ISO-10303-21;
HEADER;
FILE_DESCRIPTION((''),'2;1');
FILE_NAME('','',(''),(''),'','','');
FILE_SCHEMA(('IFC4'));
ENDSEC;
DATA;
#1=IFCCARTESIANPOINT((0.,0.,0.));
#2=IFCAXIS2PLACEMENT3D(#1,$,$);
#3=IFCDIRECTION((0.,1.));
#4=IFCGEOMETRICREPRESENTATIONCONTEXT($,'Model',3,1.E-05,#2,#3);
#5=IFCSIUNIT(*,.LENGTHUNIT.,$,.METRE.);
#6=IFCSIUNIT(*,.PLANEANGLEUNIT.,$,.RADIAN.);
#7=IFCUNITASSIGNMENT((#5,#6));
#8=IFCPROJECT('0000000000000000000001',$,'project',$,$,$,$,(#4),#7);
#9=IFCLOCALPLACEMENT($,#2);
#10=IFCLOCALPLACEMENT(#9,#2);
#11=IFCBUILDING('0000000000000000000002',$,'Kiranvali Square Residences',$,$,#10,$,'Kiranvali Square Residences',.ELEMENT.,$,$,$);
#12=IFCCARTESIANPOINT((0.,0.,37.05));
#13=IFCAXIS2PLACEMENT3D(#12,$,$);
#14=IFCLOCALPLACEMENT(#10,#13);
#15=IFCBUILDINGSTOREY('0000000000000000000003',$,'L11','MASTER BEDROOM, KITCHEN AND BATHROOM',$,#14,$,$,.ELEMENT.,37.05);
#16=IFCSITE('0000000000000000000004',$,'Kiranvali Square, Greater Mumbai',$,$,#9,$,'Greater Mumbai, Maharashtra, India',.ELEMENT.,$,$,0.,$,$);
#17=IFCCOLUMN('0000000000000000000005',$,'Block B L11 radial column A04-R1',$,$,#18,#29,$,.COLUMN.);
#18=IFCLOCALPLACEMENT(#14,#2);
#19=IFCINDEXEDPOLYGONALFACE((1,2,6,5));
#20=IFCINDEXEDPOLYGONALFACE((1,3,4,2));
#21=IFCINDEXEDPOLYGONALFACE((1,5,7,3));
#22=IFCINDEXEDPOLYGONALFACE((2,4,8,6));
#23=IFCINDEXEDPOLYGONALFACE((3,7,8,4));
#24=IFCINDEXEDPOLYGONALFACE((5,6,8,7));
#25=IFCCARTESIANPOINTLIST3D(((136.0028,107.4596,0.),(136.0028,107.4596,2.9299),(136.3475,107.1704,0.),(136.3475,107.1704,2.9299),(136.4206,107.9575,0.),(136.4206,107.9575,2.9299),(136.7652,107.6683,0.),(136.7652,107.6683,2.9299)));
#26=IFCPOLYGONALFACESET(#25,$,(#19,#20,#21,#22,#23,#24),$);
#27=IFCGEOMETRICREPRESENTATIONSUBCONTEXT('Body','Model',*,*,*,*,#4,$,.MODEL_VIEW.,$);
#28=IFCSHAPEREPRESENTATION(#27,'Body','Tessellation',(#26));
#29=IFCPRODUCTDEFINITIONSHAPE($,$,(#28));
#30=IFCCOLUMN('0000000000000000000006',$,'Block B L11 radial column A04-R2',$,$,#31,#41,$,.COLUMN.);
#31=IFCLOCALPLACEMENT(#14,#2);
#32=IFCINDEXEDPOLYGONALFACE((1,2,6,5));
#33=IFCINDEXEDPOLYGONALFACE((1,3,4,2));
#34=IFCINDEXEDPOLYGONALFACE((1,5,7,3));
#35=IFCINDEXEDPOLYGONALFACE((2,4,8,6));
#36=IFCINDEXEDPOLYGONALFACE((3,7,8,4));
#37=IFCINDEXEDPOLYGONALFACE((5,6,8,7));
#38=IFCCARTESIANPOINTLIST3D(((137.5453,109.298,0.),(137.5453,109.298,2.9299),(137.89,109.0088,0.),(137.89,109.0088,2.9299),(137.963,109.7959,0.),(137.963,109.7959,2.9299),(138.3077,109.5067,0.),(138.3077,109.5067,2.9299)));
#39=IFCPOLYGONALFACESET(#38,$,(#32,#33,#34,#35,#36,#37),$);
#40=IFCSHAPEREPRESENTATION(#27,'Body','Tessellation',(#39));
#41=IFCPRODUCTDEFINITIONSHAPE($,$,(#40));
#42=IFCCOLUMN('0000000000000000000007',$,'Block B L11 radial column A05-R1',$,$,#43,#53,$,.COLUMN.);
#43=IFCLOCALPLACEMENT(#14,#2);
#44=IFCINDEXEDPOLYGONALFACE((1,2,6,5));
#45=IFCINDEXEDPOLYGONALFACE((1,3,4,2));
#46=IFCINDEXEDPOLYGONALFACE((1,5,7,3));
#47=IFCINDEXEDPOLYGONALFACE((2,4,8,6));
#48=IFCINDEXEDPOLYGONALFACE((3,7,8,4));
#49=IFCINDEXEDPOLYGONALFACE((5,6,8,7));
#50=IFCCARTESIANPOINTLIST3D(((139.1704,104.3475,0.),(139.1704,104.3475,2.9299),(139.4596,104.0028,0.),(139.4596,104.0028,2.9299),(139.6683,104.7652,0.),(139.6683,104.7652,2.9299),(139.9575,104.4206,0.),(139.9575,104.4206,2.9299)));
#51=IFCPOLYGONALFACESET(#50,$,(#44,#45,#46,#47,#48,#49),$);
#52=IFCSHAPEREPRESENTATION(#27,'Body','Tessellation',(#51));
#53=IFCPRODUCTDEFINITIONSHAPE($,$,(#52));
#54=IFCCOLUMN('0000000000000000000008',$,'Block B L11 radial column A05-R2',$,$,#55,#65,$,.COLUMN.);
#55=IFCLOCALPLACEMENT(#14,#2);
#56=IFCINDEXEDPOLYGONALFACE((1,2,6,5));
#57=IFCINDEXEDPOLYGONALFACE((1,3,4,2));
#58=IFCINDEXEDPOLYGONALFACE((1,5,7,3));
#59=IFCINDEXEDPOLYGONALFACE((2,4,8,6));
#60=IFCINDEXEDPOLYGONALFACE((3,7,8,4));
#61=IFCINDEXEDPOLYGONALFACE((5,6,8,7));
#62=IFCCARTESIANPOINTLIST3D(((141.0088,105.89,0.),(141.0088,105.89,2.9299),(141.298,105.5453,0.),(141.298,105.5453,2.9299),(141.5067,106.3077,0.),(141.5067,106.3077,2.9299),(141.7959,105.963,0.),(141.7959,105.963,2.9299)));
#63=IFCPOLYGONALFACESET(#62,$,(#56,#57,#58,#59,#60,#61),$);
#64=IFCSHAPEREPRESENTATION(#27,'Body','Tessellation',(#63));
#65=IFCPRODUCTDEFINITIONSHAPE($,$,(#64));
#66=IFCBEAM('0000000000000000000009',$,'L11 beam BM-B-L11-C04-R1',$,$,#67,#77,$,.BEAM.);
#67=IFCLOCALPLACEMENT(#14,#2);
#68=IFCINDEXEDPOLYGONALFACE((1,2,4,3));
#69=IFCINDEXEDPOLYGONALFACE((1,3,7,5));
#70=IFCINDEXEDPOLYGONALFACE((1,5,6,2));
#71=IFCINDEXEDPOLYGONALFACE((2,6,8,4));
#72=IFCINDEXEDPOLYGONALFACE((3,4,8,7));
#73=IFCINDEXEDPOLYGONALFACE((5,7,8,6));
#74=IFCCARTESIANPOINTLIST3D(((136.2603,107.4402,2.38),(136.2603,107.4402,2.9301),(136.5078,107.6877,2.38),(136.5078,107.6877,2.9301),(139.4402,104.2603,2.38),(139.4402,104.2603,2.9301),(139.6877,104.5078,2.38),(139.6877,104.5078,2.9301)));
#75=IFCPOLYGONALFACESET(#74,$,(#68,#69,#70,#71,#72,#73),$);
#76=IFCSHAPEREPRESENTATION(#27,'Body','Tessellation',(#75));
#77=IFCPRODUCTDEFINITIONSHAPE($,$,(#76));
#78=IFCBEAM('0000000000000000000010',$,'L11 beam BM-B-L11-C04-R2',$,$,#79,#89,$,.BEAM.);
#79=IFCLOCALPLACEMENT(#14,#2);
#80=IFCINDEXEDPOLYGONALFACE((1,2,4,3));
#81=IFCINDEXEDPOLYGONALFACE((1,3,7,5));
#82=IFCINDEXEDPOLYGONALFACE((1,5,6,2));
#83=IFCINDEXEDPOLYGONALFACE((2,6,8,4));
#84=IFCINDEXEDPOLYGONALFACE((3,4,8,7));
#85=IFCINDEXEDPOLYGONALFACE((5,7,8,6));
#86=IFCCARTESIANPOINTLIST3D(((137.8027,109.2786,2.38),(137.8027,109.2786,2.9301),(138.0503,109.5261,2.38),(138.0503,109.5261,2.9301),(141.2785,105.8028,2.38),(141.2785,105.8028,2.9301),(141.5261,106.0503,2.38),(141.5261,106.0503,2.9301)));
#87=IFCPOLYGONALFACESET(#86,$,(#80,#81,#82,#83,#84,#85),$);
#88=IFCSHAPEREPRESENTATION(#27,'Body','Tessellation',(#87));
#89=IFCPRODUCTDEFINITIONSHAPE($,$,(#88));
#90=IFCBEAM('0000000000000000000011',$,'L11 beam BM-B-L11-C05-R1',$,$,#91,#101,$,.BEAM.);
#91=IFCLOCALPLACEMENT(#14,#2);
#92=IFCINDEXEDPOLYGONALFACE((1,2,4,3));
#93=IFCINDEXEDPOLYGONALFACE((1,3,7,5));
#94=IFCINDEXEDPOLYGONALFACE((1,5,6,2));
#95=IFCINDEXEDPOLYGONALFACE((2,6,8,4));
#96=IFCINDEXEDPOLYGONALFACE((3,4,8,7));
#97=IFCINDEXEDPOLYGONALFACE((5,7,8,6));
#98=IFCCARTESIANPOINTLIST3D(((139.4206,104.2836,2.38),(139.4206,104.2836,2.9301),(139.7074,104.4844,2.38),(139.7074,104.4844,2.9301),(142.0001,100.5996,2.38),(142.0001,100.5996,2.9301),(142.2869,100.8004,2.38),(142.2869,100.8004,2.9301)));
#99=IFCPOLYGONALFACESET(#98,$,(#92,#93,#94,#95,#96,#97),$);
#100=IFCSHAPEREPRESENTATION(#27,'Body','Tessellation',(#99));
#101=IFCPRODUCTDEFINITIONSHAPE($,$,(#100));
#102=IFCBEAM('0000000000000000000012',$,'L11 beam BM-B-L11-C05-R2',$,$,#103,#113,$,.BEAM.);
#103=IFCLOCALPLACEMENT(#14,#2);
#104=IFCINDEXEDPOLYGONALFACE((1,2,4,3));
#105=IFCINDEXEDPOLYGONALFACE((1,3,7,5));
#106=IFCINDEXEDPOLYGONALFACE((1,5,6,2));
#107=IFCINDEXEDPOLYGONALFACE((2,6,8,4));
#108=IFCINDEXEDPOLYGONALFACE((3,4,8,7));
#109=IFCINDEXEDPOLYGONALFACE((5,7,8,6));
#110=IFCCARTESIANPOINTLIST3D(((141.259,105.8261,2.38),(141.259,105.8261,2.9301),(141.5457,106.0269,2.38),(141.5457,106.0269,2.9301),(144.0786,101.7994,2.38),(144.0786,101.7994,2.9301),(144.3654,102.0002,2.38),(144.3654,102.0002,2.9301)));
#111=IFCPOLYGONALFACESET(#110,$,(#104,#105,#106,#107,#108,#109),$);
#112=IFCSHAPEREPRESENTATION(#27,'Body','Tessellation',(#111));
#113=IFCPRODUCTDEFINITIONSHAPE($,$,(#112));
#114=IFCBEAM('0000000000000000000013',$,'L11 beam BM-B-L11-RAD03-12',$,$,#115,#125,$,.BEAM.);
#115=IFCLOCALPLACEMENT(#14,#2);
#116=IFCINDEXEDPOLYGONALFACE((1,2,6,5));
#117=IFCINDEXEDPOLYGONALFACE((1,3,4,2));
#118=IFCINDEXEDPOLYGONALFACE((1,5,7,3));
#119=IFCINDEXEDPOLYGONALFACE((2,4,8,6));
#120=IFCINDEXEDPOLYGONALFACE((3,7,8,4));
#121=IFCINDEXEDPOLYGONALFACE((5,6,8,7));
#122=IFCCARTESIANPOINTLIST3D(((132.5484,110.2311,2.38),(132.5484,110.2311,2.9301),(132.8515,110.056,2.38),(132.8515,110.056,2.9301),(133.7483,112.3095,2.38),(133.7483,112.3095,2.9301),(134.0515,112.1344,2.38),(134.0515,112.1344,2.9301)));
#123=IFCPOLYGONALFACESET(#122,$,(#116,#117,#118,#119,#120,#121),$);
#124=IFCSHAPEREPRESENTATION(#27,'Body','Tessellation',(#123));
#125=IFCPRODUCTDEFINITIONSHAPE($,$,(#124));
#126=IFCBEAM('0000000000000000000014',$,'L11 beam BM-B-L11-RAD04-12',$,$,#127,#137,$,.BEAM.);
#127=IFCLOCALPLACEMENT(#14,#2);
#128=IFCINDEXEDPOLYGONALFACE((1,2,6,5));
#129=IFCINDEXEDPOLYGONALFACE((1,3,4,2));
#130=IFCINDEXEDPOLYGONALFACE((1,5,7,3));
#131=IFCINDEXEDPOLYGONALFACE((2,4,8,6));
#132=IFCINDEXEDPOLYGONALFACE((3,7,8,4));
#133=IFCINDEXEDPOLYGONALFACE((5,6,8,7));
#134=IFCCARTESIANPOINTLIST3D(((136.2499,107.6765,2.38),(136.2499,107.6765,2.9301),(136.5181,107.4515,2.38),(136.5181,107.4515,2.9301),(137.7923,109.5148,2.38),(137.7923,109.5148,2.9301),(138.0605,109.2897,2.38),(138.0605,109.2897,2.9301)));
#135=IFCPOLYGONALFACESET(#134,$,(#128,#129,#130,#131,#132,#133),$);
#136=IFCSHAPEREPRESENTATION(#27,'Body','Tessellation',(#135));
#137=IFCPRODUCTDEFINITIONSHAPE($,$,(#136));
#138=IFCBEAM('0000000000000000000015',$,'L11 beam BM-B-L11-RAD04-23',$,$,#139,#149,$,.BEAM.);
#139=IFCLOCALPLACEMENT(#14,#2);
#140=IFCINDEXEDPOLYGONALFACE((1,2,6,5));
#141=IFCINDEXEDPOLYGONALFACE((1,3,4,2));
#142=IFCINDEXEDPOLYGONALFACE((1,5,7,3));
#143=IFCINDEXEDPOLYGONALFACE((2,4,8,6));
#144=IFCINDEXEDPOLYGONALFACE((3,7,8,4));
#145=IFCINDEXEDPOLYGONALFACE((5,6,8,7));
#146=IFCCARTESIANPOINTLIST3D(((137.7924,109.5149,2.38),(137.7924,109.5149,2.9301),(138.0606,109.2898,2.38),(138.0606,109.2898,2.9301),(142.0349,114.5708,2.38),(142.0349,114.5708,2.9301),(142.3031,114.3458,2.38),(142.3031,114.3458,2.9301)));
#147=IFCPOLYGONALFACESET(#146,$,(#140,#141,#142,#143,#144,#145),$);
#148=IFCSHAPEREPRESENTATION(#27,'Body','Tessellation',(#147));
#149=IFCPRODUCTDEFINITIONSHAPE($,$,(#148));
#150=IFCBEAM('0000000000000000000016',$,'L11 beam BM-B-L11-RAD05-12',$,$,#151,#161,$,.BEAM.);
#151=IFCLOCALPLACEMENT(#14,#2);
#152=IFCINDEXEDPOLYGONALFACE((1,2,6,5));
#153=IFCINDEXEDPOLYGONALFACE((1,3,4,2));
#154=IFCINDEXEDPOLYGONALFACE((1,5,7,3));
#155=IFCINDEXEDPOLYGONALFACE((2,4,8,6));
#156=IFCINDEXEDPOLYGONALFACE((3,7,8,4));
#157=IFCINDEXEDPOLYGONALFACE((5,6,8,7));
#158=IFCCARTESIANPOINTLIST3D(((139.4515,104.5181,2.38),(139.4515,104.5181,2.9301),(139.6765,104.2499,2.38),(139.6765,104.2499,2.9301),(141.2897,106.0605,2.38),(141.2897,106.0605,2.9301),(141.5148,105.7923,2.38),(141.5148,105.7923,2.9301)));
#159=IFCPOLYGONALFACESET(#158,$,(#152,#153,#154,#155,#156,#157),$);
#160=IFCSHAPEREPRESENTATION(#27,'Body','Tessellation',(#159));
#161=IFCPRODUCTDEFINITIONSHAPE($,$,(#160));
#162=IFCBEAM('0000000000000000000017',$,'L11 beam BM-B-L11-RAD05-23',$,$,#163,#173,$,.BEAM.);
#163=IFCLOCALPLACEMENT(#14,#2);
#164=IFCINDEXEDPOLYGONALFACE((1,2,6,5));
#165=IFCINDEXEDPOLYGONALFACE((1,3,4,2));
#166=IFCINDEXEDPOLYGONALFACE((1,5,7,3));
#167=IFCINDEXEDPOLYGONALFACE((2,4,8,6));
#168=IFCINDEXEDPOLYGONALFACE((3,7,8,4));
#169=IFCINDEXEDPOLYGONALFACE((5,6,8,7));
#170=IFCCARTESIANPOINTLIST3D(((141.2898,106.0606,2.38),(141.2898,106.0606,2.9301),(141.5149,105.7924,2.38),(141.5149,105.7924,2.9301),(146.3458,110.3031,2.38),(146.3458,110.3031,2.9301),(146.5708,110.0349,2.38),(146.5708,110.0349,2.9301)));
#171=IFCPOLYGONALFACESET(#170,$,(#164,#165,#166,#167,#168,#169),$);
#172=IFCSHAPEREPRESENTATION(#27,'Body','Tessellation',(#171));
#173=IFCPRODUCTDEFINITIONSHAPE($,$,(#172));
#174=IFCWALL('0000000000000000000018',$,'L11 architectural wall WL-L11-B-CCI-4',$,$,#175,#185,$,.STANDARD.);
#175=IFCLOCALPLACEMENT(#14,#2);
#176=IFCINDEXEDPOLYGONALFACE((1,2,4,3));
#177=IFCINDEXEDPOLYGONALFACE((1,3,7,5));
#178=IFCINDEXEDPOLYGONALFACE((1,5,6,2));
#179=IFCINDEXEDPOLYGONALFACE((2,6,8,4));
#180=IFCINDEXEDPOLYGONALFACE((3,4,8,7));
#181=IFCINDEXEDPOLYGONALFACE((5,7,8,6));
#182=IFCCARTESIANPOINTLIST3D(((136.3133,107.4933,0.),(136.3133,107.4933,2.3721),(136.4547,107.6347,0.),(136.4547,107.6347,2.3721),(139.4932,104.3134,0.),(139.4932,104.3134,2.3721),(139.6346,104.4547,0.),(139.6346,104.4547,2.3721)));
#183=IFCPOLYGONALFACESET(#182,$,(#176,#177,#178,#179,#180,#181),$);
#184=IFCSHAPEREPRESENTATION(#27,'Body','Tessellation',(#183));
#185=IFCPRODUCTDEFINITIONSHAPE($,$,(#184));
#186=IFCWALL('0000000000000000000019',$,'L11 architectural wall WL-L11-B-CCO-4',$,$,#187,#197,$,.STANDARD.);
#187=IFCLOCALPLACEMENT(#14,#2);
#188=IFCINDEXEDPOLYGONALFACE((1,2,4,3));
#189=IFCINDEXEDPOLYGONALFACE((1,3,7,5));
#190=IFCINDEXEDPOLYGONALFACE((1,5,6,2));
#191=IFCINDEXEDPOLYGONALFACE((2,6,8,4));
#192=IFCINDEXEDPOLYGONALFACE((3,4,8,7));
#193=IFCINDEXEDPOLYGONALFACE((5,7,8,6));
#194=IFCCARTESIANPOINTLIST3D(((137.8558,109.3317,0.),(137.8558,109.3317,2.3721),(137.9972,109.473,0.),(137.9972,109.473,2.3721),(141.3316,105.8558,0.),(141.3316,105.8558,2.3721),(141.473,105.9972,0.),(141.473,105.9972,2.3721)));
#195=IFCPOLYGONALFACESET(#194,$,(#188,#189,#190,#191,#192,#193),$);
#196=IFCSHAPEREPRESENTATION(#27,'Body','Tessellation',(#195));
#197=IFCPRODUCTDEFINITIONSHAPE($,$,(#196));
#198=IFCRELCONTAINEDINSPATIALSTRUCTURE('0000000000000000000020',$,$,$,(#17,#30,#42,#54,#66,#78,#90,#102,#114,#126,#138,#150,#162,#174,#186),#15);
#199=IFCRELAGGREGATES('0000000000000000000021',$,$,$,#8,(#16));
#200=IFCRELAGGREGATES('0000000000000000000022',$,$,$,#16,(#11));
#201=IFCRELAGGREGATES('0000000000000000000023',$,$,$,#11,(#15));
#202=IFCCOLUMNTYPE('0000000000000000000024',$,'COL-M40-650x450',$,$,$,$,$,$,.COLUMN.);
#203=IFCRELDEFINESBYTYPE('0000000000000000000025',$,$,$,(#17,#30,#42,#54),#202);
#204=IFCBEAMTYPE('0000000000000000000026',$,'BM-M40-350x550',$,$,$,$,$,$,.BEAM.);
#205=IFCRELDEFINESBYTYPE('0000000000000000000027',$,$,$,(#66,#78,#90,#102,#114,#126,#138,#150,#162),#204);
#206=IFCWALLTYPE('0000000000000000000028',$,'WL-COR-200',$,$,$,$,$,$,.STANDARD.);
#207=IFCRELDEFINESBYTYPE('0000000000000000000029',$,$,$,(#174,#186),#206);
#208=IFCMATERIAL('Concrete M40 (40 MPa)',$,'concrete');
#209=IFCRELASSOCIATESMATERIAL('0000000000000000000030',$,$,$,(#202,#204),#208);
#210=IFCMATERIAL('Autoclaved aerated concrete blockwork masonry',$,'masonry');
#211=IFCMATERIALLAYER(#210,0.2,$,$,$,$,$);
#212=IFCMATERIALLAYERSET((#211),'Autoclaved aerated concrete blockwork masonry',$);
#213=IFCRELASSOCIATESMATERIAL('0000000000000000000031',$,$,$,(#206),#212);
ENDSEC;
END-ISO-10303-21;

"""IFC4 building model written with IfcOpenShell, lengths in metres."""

from ifc_helpers import new_model, si_unit, direction, frame, frame_2d, origin, origin_2d, place, context, subcontext, project, spatial, rectangle, extrude, material, layer, layer_set, material_profile, profile_set, type_object, element, save


model = new_model("IFC4")

# Units and contexts
model_context = context("Model", 3, precision=1e-05, world=origin(), true_north=direction((0.0, 1.0)))
body_context = subcontext(model_context, "Body", "Model", "MODEL_VIEW")
ifc_project = project(units=[si_unit("LENGTHUNIT", "METRE"), si_unit("PLANEANGLEUNIT", "RADIAN")], contexts=[model_context])

# Site, building, storey
site_placement = place(None, origin())
site = spatial("IfcSite", under=ifc_project, at=site_placement, Name="Kiranvali Square, Greater Mumbai", LongName="Greater Mumbai, Maharashtra, India", CompositionType="ELEMENT", RefElevation=0.0)
building_placement = place(site_placement, origin())
building = spatial("IfcBuilding", under=site, at=building_placement, Name="Kiranvali Square Residences", LongName="Kiranvali Square Residences", CompositionType="ELEMENT")
storey_placement = place(building_placement, frame((0.0, 0.0, 37.05)))
storey = spatial("IfcBuildingStorey", under=building, at=storey_placement, Name="L11", Description="MASTER BEDROOM, KITCHEN AND BATHROOM", CompositionType="ELEMENT", Elevation=37.05)

# Columns
ifc_material_1 = material(Name="Concrete M40 (40 MPa)", Category="concrete")
ifc_material_profile_1 = material_profile(ifc_material_1, rectangle(XDim=0.45, YDim=0.6499, at=origin_2d()), Name="RC 650x450")
ifc_profile_set_1 = profile_set([ifc_material_profile_1], Name="Concrete M40 (40 MPa)")
column_type = type_object("IfcColumnType", Name="COL-M40-650x450", PredefinedType="COLUMN", material=ifc_profile_set_1)
for number, where, z_axis, x_axis, name in (
    (1, (136.384, 107.564, 0.0), (0.0, 0.0, 1.0), (-0.766044, 0.642788, 0.0), "Block B L11 radial column A04-R1"),
    (2, (137.9265, 109.4023, 0.0), (0.0, 0.0, 1.0), (-0.766044, 0.642788, 0.0), "Block B L11 radial column A04-R2"),
    (3, (139.564, 104.384, 0.0), (0.0, 0.0, 1.0), (-0.642788, 0.766044, 0.0), "Block B L11 radial column A05-R1"),
    (4, (141.4023, 105.9265, 0.0), (0.0, 0.0, 1.0), (-0.642788, 0.766044, 0.0), "Block B L11 radial column A05-R2"),
):
    element("IfcColumn", number, at=place(storey_placement, frame(where, z_axis=z_axis, x_axis=x_axis)), inside=storey, type_object=column_type, Name=name, PredefinedType="COLUMN", context=body_context, shape_type="SweptSolid", body=[
        extrude(rectangle(XDim=0.45, YDim=0.6499, at=origin_2d()), origin(), (0.0, 0.0, 1.0), 2.9299),
    ])

# Beams
ifc_material_profile_2 = material_profile(ifc_material_1, rectangle(XDim=0.3501, YDim=0.55, at=origin_2d()), Name="RC 350x550")
ifc_profile_set_2 = profile_set([ifc_material_profile_2], Name="Concrete M40 (40 MPa)")
beam_type = type_object("IfcBeamType", Name="BM-M40-350x550", PredefinedType="BEAM", material=ifc_profile_set_2)
beam_1_placement = place(storey_placement, frame((136.384, 107.564, 2.655), z_axis=(0.707107, -0.707107, 0.0), x_axis=(0.707107, 0.707107, 0.0)))
element("IfcBeam", 5, at=beam_1_placement, inside=storey, type_object=beam_type, Name="L11 beam BM-B-L11-C04-R1", PredefinedType="BEAM", context=body_context, shape_type="SweptSolid", body=[
    extrude(rectangle(XDim=0.3501, YDim=0.55, at=origin_2d()), origin(), (0.0, 0.0, 1.0), 4.4971),
])
beam_2_placement = place(storey_placement, frame((137.9265, 109.4023, 2.655), z_axis=(0.707107, -0.707107, 0.0), x_axis=(0.707107, 0.707107, 0.0)))
element("IfcBeam", 6, at=beam_2_placement, inside=storey, type_object=beam_type, Name="L11 beam BM-B-L11-C04-R2", PredefinedType="BEAM", context=body_context, shape_type="SweptSolid", body=[
    extrude(rectangle(XDim=0.3501, YDim=0.55, at=origin_2d()), origin(), (0.0, 0.0, 1.0), 4.9155),
])
beam_3_placement = place(storey_placement, frame((139.564, 104.384, 2.655), z_axis=(0.573572, -0.819155, 0.0), x_axis=(0.819155, 0.573572, 0.0)))
element("IfcBeam", 7, at=beam_3_placement, inside=storey, type_object=beam_type, Name="L11 beam BM-B-L11-C05-R1", PredefinedType="BEAM", context=body_context, shape_type="SweptSolid", body=[
    extrude(rectangle(XDim=0.3501, YDim=0.55, at=origin_2d()), origin(), (0.0, 0.0, 1.0), 4.4973),
])
beam_4_placement = place(storey_placement, frame((141.4023, 105.9265, 2.655), z_axis=(0.573592, -0.819141, 0.0), x_axis=(0.819141, 0.573592, 0.0)))
element("IfcBeam", 8, at=beam_4_placement, inside=storey, type_object=beam_type, Name="L11 beam BM-B-L11-C05-R2", PredefinedType="BEAM", context=body_context, shape_type="SweptSolid", body=[
    extrude(rectangle(XDim=0.3501, YDim=0.55, at=origin_2d()), origin(), (0.0, 0.0, 1.0), 4.9158),
])
beam_5_placement = place(storey_placement, frame((132.7, 110.1436, 2.655), z_axis=(0.500001, 0.866025, 0.0), x_axis=(-0.866025, 0.500001, 0.0)))
element("IfcBeam", 9, at=beam_5_placement, inside=storey, type_object=beam_type, Name="L11 beam BM-B-L11-RAD03-12", PredefinedType="BEAM", context=body_context, shape_type="SweptSolid", body=[
    extrude(rectangle(XDim=0.3501, YDim=0.55, at=origin_2d()), origin(), (0.0, 0.0, 1.0), 2.3999),
])
beam_6_placement = place(storey_placement, frame((136.384, 107.564, 2.655), z_axis=(0.642763, 0.766065, 0.0), x_axis=(-0.766065, 0.642763, 0.0)))
element("IfcBeam", 10, at=beam_6_placement, inside=storey, type_object=beam_type, Name="L11 beam BM-B-L11-RAD04-12", PredefinedType="BEAM", context=body_context, shape_type="SweptSolid", body=[
    extrude(rectangle(XDim=0.3501, YDim=0.55, at=origin_2d()), origin(), (0.0, 0.0, 1.0), 2.3997),
])
beam_7_placement = place(storey_placement, frame((137.9265, 109.4023, 2.655), z_axis=(0.642789, 0.766043, 0.0), x_axis=(-0.766043, 0.642789, 0.0)))
element("IfcBeam", 11, at=beam_7_placement, inside=storey, type_object=beam_type, Name="L11 beam BM-B-L11-RAD04-23", PredefinedType="BEAM", context=body_context, shape_type="SweptSolid", body=[
    extrude(rectangle(XDim=0.3501, YDim=0.55, at=origin_2d()), origin(), (0.0, 0.0, 1.0), 6.6001),
])
beam_8_placement = place(storey_placement, frame((139.564, 104.384, 2.655), z_axis=(0.766065, 0.642763, 0.0), x_axis=(-0.642763, 0.766065, 0.0)))
element("IfcBeam", 12, at=beam_8_placement, inside=storey, type_object=beam_type, Name="L11 beam BM-B-L11-RAD05-12", PredefinedType="BEAM", context=body_context, shape_type="SweptSolid", body=[
    extrude(rectangle(XDim=0.3501, YDim=0.55, at=origin_2d()), origin(), (0.0, 0.0, 1.0), 2.3997),
])
beam_9_placement = place(storey_placement, frame((141.4023, 105.9265, 2.655), z_axis=(0.766043, 0.642789, 0.0), x_axis=(-0.642789, 0.766043, 0.0)))
element("IfcBeam", 13, at=beam_9_placement, inside=storey, type_object=beam_type, Name="L11 beam BM-B-L11-RAD05-23", PredefinedType="BEAM", context=body_context, shape_type="SweptSolid", body=[
    extrude(rectangle(XDim=0.3501, YDim=0.55, at=origin_2d()), origin(), (0.0, 0.0, 1.0), 6.6001),
])

# Shared definitions
ifc_material_2 = material(Name="Autoclaved aerated concrete blockwork masonry", Category="masonry")
ifc_layer_1 = layer(ifc_material_2, 0.2)
ifc_layer_set_1 = layer_set([ifc_layer_1], Name="Autoclaved aerated concrete blockwork masonry")
wall_type_1 = type_object("IfcWallType", Name="WL-COR-200", PredefinedType="STANDARD", material=ifc_layer_set_1)

# Walls
wall_1_placement = place(storey_placement, frame((136.384, 107.564, 0.0), z_axis=(0.0, 0.0, 1.0), x_axis=(0.707107, -0.707107, 0.0)))
element("IfcWall", 14, at=wall_1_placement, inside=storey, type_object=wall_type_1, Name="L11 architectural wall WL-L11-B-CCI-4", PredefinedType="STANDARD", context=body_context, shape_type="SweptSolid", body=[
    extrude(rectangle(XDim=4.4971, YDim=0.2, at=frame_2d((2.2485, 0.0))), origin(), (0.0, 0.0, 1.0), 2.3721),
])
wall_2_placement = place(storey_placement, frame((137.9265, 109.4023, 0.0), z_axis=(0.0, 0.0, 1.0), x_axis=(0.707107, -0.707107, 0.0)))
element("IfcWall", 15, at=wall_2_placement, inside=storey, type_object=wall_type_1, Name="L11 architectural wall WL-L11-B-CCO-4", PredefinedType="STANDARD", context=body_context, shape_type="SweptSolid", body=[
    extrude(rectangle(XDim=4.9155, YDim=0.2, at=frame_2d((2.4578, 0.0))), origin(), (0.0, 0.0, 1.0), 2.3721),
])

save(model, "model.ifc")
